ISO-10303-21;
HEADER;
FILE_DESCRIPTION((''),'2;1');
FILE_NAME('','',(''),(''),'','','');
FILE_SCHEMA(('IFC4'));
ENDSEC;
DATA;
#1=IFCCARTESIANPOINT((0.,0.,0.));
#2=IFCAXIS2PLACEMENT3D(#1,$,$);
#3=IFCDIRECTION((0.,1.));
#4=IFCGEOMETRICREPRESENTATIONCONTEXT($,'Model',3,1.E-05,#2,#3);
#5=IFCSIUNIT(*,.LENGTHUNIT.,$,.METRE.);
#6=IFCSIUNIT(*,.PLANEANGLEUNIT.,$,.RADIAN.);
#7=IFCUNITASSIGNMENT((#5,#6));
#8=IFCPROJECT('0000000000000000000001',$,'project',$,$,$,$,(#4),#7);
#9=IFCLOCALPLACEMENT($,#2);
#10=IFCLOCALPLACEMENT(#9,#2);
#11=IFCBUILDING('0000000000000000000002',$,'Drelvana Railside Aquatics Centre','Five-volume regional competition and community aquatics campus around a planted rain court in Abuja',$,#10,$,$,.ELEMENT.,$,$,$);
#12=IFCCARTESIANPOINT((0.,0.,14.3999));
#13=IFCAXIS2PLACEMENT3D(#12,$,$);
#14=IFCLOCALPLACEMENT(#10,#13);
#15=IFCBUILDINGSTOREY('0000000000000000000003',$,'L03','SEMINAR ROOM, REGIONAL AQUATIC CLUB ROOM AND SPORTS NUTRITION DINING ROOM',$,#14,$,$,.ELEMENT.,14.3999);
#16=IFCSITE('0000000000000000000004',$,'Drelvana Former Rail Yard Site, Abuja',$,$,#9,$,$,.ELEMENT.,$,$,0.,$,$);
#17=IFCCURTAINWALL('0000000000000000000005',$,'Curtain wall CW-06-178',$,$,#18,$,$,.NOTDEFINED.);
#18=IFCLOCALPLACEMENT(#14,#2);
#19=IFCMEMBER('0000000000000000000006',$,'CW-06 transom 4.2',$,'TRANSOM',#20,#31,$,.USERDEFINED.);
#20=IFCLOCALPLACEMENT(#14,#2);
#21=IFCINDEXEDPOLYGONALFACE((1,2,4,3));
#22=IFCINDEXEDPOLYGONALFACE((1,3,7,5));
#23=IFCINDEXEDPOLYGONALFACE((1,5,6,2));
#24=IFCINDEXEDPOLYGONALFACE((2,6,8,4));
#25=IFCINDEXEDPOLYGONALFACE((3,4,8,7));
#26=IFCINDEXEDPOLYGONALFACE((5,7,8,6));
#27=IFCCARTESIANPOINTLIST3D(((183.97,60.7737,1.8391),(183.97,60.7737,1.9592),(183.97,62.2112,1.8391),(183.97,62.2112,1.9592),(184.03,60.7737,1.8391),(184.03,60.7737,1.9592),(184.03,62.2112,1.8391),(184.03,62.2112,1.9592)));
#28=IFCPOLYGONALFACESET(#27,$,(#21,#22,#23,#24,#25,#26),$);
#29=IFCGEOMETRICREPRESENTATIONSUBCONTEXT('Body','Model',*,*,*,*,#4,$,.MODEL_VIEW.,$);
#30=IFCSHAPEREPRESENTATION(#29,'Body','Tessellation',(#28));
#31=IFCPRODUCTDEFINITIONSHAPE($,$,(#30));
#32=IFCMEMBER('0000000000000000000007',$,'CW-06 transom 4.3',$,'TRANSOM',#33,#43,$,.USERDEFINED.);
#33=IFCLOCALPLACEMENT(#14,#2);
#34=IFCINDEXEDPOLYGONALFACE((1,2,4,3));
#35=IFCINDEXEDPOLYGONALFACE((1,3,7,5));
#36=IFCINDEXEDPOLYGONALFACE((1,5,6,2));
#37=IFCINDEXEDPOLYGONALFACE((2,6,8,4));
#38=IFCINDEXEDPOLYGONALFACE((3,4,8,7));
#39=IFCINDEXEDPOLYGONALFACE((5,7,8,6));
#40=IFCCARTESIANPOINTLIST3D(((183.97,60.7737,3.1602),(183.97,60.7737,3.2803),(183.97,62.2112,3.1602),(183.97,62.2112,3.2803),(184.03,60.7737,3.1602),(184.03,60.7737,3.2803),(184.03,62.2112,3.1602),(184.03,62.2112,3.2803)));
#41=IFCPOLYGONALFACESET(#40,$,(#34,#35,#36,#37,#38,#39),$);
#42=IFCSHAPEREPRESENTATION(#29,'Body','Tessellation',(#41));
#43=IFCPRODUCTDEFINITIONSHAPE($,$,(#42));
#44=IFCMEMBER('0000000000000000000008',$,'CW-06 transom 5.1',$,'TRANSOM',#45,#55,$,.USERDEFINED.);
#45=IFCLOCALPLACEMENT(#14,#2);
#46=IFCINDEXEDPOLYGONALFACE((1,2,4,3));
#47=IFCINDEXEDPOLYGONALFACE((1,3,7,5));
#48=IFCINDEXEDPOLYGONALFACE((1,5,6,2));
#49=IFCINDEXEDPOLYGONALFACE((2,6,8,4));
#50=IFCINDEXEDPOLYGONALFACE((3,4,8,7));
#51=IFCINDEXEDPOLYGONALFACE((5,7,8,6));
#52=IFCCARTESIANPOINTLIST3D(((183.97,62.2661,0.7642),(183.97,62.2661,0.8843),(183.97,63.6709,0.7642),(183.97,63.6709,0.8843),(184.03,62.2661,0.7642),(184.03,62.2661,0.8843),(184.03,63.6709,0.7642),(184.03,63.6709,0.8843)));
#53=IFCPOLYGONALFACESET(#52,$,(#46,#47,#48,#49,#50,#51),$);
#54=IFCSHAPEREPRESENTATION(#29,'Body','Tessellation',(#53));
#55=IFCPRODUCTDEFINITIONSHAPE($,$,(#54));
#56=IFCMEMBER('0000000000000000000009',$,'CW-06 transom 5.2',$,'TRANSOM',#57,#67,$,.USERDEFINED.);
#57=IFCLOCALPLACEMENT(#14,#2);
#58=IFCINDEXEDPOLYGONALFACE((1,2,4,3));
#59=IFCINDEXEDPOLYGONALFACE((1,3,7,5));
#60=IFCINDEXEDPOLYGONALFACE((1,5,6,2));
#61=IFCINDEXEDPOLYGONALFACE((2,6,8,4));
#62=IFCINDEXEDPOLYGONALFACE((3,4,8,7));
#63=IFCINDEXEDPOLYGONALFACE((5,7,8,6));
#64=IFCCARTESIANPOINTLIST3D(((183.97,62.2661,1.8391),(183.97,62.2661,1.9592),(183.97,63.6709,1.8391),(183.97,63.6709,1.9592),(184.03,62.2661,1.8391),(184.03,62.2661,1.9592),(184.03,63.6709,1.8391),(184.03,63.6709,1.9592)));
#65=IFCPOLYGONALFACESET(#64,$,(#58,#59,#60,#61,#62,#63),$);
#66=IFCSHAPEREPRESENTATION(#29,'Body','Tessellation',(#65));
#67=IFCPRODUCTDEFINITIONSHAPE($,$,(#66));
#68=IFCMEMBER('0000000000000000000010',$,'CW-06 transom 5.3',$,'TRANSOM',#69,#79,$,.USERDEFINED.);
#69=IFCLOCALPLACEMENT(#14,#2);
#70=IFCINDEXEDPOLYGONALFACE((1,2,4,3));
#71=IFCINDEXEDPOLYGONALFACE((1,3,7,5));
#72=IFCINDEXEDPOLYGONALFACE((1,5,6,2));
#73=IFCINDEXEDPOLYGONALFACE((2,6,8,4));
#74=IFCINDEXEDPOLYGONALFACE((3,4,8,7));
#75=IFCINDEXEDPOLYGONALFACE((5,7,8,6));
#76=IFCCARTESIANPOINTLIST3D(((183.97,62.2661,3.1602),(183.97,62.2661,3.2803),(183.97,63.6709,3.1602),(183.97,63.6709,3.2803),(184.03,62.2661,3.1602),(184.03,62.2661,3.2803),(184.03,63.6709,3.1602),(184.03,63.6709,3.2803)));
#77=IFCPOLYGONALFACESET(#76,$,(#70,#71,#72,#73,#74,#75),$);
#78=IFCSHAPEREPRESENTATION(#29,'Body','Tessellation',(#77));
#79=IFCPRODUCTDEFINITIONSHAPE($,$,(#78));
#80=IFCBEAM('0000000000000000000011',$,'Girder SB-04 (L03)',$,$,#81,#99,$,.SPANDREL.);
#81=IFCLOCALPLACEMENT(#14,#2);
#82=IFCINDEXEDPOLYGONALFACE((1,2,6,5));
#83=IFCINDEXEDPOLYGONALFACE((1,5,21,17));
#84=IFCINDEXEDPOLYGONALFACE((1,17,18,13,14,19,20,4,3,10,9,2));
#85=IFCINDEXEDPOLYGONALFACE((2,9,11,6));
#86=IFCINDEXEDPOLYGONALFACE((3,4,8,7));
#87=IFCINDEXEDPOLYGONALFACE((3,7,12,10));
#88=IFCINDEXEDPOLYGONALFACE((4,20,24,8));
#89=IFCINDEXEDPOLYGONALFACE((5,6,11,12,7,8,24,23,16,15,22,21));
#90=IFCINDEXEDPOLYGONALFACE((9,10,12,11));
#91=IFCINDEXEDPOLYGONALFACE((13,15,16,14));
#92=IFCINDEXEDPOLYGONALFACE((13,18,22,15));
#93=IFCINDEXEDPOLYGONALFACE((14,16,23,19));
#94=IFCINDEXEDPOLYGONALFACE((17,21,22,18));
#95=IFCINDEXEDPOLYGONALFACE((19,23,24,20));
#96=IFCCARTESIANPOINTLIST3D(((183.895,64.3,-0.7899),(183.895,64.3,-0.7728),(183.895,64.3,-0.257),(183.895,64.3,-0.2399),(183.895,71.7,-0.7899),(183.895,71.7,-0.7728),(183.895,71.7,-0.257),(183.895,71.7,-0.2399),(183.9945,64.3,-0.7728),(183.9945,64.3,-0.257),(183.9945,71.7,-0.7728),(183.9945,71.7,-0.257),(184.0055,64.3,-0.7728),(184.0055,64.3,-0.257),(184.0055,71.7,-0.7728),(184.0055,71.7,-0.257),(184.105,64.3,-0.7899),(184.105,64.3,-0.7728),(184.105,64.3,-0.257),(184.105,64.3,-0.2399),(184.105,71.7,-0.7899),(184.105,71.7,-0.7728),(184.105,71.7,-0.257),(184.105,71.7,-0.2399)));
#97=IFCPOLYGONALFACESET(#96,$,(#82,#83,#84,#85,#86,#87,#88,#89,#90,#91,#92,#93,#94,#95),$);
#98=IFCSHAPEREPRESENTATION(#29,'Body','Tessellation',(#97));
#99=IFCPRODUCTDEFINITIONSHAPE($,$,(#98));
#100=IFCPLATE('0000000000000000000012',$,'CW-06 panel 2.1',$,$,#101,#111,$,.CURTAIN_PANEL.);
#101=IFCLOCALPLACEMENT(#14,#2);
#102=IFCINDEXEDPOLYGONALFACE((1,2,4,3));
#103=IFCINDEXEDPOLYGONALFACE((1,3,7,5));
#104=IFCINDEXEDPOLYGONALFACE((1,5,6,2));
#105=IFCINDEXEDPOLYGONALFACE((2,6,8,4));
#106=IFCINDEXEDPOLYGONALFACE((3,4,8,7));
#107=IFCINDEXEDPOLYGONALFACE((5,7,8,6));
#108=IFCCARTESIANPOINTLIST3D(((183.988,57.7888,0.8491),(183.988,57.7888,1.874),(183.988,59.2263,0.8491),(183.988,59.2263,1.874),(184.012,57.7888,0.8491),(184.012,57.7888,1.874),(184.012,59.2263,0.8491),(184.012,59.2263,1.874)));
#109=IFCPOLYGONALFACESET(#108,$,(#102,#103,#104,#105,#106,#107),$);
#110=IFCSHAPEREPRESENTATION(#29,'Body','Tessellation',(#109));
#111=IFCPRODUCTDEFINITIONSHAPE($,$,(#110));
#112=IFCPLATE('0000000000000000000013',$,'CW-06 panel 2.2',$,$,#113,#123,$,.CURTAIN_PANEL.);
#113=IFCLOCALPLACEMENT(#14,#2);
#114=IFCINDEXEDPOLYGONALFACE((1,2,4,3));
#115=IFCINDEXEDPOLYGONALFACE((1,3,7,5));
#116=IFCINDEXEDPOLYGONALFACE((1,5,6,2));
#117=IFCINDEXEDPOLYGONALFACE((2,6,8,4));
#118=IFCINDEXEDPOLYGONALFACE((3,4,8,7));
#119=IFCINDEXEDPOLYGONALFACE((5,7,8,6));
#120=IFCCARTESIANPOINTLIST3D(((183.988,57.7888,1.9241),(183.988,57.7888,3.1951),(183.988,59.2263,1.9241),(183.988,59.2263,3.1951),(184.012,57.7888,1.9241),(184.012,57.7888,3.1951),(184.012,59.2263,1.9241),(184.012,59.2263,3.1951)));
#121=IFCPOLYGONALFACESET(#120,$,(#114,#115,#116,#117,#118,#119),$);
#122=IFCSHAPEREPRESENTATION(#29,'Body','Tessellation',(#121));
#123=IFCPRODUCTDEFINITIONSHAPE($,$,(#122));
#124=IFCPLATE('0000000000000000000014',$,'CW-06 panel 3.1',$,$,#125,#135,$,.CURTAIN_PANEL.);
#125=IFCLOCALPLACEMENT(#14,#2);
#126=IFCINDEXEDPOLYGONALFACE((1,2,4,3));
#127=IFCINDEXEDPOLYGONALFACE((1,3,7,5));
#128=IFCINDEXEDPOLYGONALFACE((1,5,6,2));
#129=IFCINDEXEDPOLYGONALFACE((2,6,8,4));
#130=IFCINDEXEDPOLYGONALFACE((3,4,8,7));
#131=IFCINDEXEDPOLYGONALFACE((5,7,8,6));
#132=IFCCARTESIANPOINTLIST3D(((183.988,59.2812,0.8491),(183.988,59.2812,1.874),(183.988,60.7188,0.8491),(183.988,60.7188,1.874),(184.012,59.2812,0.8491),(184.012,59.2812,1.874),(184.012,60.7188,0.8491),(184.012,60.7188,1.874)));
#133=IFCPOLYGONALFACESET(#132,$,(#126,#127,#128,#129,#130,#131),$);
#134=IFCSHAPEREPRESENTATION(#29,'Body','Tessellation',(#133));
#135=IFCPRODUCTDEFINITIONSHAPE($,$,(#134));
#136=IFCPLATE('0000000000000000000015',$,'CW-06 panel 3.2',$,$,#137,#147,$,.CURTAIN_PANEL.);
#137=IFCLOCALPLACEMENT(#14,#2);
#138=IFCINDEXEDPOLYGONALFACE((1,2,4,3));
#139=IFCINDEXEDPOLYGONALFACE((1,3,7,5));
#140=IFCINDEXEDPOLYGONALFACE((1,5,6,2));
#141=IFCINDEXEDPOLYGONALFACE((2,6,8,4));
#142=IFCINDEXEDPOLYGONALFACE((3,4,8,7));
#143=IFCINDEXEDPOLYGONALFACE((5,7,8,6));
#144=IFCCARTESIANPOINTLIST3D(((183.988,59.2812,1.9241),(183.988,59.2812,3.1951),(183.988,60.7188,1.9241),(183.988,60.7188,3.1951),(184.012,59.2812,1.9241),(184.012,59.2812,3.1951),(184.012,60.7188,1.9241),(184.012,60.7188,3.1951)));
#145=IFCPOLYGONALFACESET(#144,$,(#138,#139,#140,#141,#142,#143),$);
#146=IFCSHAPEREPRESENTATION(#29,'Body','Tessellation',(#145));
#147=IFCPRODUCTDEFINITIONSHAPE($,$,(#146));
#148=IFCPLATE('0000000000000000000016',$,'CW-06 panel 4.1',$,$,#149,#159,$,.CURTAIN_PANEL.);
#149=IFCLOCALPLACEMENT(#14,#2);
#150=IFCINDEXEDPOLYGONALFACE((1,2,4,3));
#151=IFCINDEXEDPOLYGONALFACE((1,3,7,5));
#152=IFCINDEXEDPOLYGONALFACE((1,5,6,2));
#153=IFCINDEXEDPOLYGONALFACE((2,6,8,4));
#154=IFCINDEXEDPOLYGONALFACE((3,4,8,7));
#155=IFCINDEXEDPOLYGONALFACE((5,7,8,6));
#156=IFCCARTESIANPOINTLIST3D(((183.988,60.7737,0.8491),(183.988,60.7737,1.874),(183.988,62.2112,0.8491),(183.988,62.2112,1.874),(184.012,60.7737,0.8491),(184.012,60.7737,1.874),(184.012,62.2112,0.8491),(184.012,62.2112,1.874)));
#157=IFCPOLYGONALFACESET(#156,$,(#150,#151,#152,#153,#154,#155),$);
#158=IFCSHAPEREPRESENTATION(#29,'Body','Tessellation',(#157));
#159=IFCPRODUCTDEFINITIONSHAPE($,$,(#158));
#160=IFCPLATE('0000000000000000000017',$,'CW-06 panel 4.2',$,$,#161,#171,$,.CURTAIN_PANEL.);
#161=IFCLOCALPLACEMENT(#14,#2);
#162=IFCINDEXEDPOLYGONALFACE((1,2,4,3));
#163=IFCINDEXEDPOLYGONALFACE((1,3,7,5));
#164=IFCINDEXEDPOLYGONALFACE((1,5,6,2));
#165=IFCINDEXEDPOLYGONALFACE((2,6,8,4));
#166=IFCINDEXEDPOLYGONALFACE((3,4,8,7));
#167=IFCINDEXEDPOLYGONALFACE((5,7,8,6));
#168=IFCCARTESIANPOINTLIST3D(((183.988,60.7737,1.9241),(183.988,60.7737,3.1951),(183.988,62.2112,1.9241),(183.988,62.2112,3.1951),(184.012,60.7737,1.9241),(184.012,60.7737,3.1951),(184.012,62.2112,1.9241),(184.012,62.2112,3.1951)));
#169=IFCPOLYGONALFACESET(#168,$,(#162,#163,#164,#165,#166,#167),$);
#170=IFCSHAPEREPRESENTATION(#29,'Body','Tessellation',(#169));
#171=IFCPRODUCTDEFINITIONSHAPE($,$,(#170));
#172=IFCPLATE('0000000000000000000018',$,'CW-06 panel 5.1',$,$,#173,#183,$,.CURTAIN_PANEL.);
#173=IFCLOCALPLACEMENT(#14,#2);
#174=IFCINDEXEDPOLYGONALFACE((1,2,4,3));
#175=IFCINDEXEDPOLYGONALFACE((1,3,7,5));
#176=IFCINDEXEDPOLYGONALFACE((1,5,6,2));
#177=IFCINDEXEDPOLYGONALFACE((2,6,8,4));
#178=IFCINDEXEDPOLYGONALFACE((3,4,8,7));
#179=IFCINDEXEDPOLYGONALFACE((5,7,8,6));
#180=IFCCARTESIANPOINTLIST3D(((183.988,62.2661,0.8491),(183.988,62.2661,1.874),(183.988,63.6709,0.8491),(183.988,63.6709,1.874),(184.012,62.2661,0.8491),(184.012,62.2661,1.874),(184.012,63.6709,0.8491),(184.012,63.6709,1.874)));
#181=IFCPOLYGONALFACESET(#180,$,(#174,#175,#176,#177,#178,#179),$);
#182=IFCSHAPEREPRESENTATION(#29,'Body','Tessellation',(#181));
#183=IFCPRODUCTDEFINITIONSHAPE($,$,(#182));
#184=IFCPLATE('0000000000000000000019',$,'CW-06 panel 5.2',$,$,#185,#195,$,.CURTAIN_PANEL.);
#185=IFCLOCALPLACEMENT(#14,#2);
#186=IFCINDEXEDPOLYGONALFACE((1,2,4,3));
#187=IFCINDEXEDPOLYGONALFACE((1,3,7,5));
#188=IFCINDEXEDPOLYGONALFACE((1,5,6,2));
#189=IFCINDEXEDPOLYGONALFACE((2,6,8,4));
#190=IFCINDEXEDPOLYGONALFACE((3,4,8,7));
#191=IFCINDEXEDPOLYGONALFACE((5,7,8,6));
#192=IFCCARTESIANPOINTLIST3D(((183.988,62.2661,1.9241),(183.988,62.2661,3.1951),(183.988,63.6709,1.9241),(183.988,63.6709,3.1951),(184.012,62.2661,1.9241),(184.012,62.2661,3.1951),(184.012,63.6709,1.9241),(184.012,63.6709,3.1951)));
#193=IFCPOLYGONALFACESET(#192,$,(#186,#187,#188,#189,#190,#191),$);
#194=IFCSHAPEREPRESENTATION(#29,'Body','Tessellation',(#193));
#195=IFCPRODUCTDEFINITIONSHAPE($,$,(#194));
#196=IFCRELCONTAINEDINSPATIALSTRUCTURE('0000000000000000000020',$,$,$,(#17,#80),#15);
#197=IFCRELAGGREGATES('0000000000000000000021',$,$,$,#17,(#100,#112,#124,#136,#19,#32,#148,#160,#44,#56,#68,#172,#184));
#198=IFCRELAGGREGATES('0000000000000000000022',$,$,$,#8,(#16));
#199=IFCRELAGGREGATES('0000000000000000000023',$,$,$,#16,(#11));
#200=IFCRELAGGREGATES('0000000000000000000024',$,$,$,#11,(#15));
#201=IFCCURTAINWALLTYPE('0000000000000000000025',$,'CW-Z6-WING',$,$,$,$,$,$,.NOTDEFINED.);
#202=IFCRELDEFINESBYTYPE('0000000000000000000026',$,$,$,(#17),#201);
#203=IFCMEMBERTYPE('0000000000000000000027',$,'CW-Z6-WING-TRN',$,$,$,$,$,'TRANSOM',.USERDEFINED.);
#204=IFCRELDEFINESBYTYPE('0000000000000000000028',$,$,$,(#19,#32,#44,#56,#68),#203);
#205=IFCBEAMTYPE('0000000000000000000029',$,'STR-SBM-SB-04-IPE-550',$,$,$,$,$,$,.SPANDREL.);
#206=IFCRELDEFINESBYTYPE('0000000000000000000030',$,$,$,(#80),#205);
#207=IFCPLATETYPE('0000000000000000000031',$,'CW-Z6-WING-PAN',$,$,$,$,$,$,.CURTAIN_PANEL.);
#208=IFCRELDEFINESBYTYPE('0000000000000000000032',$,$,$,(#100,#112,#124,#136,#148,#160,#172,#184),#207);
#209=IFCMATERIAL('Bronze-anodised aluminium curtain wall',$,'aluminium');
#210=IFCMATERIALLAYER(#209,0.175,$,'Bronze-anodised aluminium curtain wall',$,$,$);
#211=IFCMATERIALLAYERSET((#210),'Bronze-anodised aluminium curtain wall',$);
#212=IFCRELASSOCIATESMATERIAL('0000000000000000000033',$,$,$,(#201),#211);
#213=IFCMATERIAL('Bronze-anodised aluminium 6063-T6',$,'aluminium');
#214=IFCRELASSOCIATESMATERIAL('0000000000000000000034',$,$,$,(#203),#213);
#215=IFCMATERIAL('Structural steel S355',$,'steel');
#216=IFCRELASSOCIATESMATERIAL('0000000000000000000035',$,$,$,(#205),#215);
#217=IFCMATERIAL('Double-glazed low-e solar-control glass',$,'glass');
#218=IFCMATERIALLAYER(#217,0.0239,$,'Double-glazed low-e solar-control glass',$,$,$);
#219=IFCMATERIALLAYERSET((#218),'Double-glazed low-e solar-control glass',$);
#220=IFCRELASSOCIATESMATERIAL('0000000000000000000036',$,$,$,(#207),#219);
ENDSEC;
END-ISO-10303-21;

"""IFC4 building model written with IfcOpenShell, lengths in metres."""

from ifc_helpers import new_model, si_unit, direction, frame, origin, origin_2d, place, context, subcontext, project, spatial, rectangle, i_section, extrude, material, layer, layer_set, material_profile, profile_set, type_object, element, aggregate, save


model = new_model("IFC4")

# Units and contexts
model_context = context("Model", 3, precision=1e-05, world=origin(), true_north=direction((0.0, 1.0)))
body_context = subcontext(model_context, "Body", "Model", "MODEL_VIEW")
ifc_project = project(units=[si_unit("LENGTHUNIT", "METRE"), si_unit("PLANEANGLEUNIT", "RADIAN")], contexts=[model_context])

# Site, building, storey
site_placement = place(None, origin())
site = spatial("IfcSite", under=ifc_project, at=site_placement, Name="Drelvana Former Rail Yard Site, Abuja", CompositionType="ELEMENT", RefElevation=0.0)
building_placement = place(site_placement, origin())
building = spatial("IfcBuilding", under=site, at=building_placement, Name="Drelvana Railside Aquatics Centre", Description="Five-volume regional competition and community aquatics campus around a planted rain court in Abuja", CompositionType="ELEMENT")
storey_placement = place(building_placement, frame((0.0, 0.0, 14.3999)))
storey = spatial("IfcBuildingStorey", under=building, at=storey_placement, Name="L03", Description="SEMINAR ROOM, REGIONAL AQUATIC CLUB ROOM AND SPORTS NUTRITION DINING ROOM", CompositionType="ELEMENT", Elevation=14.3999)

# Curtain wall
ifc_material_1 = material(Name="Bronze-anodised aluminium curtain wall", Category="aluminium")
ifc_layer_1 = layer(ifc_material_1, 0.175, Name="Bronze-anodised aluminium curtain wall")
ifc_layer_set_1 = layer_set([ifc_layer_1], Name="Bronze-anodised aluminium curtain wall")
curtain_wall_type = type_object("IfcCurtainWallType", Name="CW-Z6-WING", PredefinedType="NOTDEFINED", material=ifc_layer_set_1)
curtain_wall_1_placement = place(storey_placement, origin())
curtain_wall_1 = element("IfcCurtainWall", 1, at=curtain_wall_1_placement, inside=storey, type_object=curtain_wall_type, Name="Curtain wall CW-06-178", PredefinedType="NOTDEFINED")
ifc_material_2 = material(Name="Bronze-anodised aluminium 6063-T6", Category="aluminium")

# Members
ifc_material_profile_1 = material_profile(ifc_material_2, rectangle(XDim=0.1201, YDim=0.0601, at=origin_2d()), Name="ALU-T 60x120")
ifc_profile_set_1 = profile_set([ifc_material_profile_1], Name="Bronze-anodised aluminium 6063-T6")
member_type_1 = type_object("IfcMemberType", Name="CW-Z6-WING-TRN", ElementType="TRANSOM", PredefinedType="USERDEFINED", material=ifc_profile_set_1)
member_1_placement = place(storey_placement, frame((184.0, 60.7737, 1.8992), z_axis=(0.0, 1.0, 0.0), x_axis=(0.0, 0.0, 1.0)))
member_1 = element("IfcMember", 2, at=member_1_placement, type_object=member_type_1, Name="CW-06 transom 4.2", ObjectType="TRANSOM", PredefinedType="USERDEFINED", context=body_context, shape_type="SweptSolid", body=[
    extrude(rectangle(XDim=0.1201, YDim=0.0601, at=origin_2d()), origin(), (0.0, 0.0, 1.0), 1.4375),
])
member_2_placement = place(storey_placement, frame((184.0, 60.7737, 3.2202), z_axis=(0.0, 1.0, 0.0), x_axis=(0.0, 0.0, 1.0)))
member_2 = element("IfcMember", 3, at=member_2_placement, type_object=member_type_1, Name="CW-06 transom 4.3", ObjectType="TRANSOM", PredefinedType="USERDEFINED", context=body_context, shape_type="SweptSolid", body=[
    extrude(rectangle(XDim=0.1201, YDim=0.0601, at=origin_2d()), origin(), (0.0, 0.0, 1.0), 1.4375),
])
member_3_placement = place(storey_placement, frame((184.0, 62.2661, 0.8242), z_axis=(0.0, 1.0, 0.0), x_axis=(0.0, 0.0, 1.0)))
member_3 = element("IfcMember", 4, at=member_3_placement, type_object=member_type_1, Name="CW-06 transom 5.1", ObjectType="TRANSOM", PredefinedType="USERDEFINED", context=body_context, shape_type="SweptSolid", body=[
    extrude(rectangle(XDim=0.1201, YDim=0.0601, at=origin_2d()), origin(), (0.0, 0.0, 1.0), 1.4048),
])
member_4_placement = place(storey_placement, frame((184.0, 62.2661, 1.8992), z_axis=(0.0, 1.0, 0.0), x_axis=(0.0, 0.0, 1.0)))
member_4 = element("IfcMember", 5, at=member_4_placement, type_object=member_type_1, Name="CW-06 transom 5.2", ObjectType="TRANSOM", PredefinedType="USERDEFINED", context=body_context, shape_type="SweptSolid", body=[
    extrude(rectangle(XDim=0.1201, YDim=0.0601, at=origin_2d()), origin(), (0.0, 0.0, 1.0), 1.4048),
])
member_5_placement = place(storey_placement, frame((184.0, 62.2661, 3.2202), z_axis=(0.0, 1.0, 0.0), x_axis=(0.0, 0.0, 1.0)))
member_5 = element("IfcMember", 6, at=member_5_placement, type_object=member_type_1, Name="CW-06 transom 5.3", ObjectType="TRANSOM", PredefinedType="USERDEFINED", context=body_context, shape_type="SweptSolid", body=[
    extrude(rectangle(XDim=0.1201, YDim=0.0601, at=origin_2d()), origin(), (0.0, 0.0, 1.0), 1.4048),
])

# Beam
ifc_material_3 = material(Name="Structural steel S355", Category="steel")
ifc_material_profile_2 = material_profile(ifc_material_3, i_section(OverallWidth=0.21, OverallDepth=0.55, WebThickness=0.011, FlangeThickness=0.0171, at=origin_2d()), Name="IPE 550")
ifc_profile_set_2 = profile_set([ifc_material_profile_2], Name="Structural steel S355")
beam_type = type_object("IfcBeamType", Name="STR-SBM-SB-04-IPE-550", PredefinedType="SPANDREL", material=ifc_profile_set_2)
beam_placement = place(storey_placement, frame((184.0, 64.3, -0.5149), z_axis=(0.0, 1.0, 0.0), x_axis=(-1.0, 0.0, 0.0)))
element("IfcBeam", 7, at=beam_placement, inside=storey, type_object=beam_type, Name="Girder SB-04 (L03)", PredefinedType="SPANDREL", context=body_context, shape_type="SweptSolid", body=[
    extrude(i_section(OverallWidth=0.21, OverallDepth=0.55, WebThickness=0.011, FlangeThickness=0.0171, at=origin_2d()), origin(), (0.0, 0.0, 1.0), 7.3999),
])

# Plates
ifc_material_4 = material(Name="Double-glazed low-e solar-control glass", Category="glass")
ifc_layer_2 = layer(ifc_material_4, 0.0239, Name="Double-glazed low-e solar-control glass")
ifc_layer_set_2 = layer_set([ifc_layer_2], Name="Double-glazed low-e solar-control glass")
plate_type = type_object("IfcPlateType", Name="CW-Z6-WING-PAN", PredefinedType="CURTAIN_PANEL", material=ifc_layer_set_2)
plate_1_placement = place(storey_placement, frame((184.0, 58.5076, 0.8491), z_axis=(0.0, 0.0, 1.0), x_axis=(0.0, 1.0, 0.0)))
plate_1 = element("IfcPlate", 8, at=plate_1_placement, type_object=plate_type, Name="CW-06 panel 2.1", PredefinedType="CURTAIN_PANEL", context=body_context, shape_type="SweptSolid", body=[
    extrude(rectangle(XDim=1.4375, YDim=0.0239, at=origin_2d()), origin(), (0.0, 0.0, 1.0), 1.0249),
])
plate_2_placement = place(storey_placement, frame((184.0, 58.5076, 1.9241), z_axis=(0.0, 0.0, 1.0), x_axis=(0.0, 1.0, 0.0)))
plate_2 = element("IfcPlate", 9, at=plate_2_placement, type_object=plate_type, Name="CW-06 panel 2.2", PredefinedType="CURTAIN_PANEL", context=body_context, shape_type="SweptSolid", body=[
    extrude(rectangle(XDim=1.4375, YDim=0.0239, at=origin_2d()), origin(), (0.0, 0.0, 1.0), 1.271),
])
plate_3_placement = place(storey_placement, frame((184.0, 60.0, 0.8491), z_axis=(0.0, 0.0, 1.0), x_axis=(0.0, 1.0, 0.0)))
plate_3 = element("IfcPlate", 10, at=plate_3_placement, type_object=plate_type, Name="CW-06 panel 3.1", PredefinedType="CURTAIN_PANEL", context=body_context, shape_type="SweptSolid", body=[
    extrude(rectangle(XDim=1.4375, YDim=0.0239, at=origin_2d()), origin(), (0.0, 0.0, 1.0), 1.0249),
])
plate_4_placement = place(storey_placement, frame((184.0, 60.0, 1.9241), z_axis=(0.0, 0.0, 1.0), x_axis=(0.0, 1.0, 0.0)))
plate_4 = element("IfcPlate", 11, at=plate_4_placement, type_object=plate_type, Name="CW-06 panel 3.2", PredefinedType="CURTAIN_PANEL", context=body_context, shape_type="SweptSolid", body=[
    extrude(rectangle(XDim=1.4375, YDim=0.0239, at=origin_2d()), origin(), (0.0, 0.0, 1.0), 1.271),
])
plate_5_placement = place(storey_placement, frame((184.0, 61.4924, 0.8491), z_axis=(0.0, 0.0, 1.0), x_axis=(0.0, 1.0, 0.0)))
plate_5 = element("IfcPlate", 12, at=plate_5_placement, type_object=plate_type, Name="CW-06 panel 4.1", PredefinedType="CURTAIN_PANEL", context=body_context, shape_type="SweptSolid", body=[
    extrude(rectangle(XDim=1.4375, YDim=0.0239, at=origin_2d()), origin(), (0.0, 0.0, 1.0), 1.0249),
])
plate_6_placement = place(storey_placement, frame((184.0, 61.4924, 1.9241), z_axis=(0.0, 0.0, 1.0), x_axis=(0.0, 1.0, 0.0)))
plate_6 = element("IfcPlate", 13, at=plate_6_placement, type_object=plate_type, Name="CW-06 panel 4.2", PredefinedType="CURTAIN_PANEL", context=body_context, shape_type="SweptSolid", body=[
    extrude(rectangle(XDim=1.4375, YDim=0.0239, at=origin_2d()), origin(), (0.0, 0.0, 1.0), 1.271),
])
plate_7_placement = place(storey_placement, frame((184.0, 62.9685, 0.8491), z_axis=(0.0, 0.0, 1.0), x_axis=(0.0, 1.0, 0.0)))
plate_7 = element("IfcPlate", 14, at=plate_7_placement, type_object=plate_type, Name="CW-06 panel 5.1", PredefinedType="CURTAIN_PANEL", context=body_context, shape_type="SweptSolid", body=[
    extrude(rectangle(XDim=1.4048, YDim=0.0239, at=origin_2d()), origin(), (0.0, 0.0, 1.0), 1.0249),
])
plate_8_placement = place(storey_placement, frame((184.0, 62.9685, 1.9241), z_axis=(0.0, 0.0, 1.0), x_axis=(0.0, 1.0, 0.0)))
plate_8 = element("IfcPlate", 15, at=plate_8_placement, type_object=plate_type, Name="CW-06 panel 5.2", PredefinedType="CURTAIN_PANEL", context=body_context, shape_type="SweptSolid", body=[
    extrude(rectangle(XDim=1.4048, YDim=0.0239, at=origin_2d()), origin(), (0.0, 0.0, 1.0), 1.271),
])
aggregate(curtain_wall_1, [plate_1, plate_2, plate_3, plate_4, member_1, member_2, plate_5, plate_6, member_3, member_4, member_5, plate_7, plate_8])

save(model, "model.ifc")
